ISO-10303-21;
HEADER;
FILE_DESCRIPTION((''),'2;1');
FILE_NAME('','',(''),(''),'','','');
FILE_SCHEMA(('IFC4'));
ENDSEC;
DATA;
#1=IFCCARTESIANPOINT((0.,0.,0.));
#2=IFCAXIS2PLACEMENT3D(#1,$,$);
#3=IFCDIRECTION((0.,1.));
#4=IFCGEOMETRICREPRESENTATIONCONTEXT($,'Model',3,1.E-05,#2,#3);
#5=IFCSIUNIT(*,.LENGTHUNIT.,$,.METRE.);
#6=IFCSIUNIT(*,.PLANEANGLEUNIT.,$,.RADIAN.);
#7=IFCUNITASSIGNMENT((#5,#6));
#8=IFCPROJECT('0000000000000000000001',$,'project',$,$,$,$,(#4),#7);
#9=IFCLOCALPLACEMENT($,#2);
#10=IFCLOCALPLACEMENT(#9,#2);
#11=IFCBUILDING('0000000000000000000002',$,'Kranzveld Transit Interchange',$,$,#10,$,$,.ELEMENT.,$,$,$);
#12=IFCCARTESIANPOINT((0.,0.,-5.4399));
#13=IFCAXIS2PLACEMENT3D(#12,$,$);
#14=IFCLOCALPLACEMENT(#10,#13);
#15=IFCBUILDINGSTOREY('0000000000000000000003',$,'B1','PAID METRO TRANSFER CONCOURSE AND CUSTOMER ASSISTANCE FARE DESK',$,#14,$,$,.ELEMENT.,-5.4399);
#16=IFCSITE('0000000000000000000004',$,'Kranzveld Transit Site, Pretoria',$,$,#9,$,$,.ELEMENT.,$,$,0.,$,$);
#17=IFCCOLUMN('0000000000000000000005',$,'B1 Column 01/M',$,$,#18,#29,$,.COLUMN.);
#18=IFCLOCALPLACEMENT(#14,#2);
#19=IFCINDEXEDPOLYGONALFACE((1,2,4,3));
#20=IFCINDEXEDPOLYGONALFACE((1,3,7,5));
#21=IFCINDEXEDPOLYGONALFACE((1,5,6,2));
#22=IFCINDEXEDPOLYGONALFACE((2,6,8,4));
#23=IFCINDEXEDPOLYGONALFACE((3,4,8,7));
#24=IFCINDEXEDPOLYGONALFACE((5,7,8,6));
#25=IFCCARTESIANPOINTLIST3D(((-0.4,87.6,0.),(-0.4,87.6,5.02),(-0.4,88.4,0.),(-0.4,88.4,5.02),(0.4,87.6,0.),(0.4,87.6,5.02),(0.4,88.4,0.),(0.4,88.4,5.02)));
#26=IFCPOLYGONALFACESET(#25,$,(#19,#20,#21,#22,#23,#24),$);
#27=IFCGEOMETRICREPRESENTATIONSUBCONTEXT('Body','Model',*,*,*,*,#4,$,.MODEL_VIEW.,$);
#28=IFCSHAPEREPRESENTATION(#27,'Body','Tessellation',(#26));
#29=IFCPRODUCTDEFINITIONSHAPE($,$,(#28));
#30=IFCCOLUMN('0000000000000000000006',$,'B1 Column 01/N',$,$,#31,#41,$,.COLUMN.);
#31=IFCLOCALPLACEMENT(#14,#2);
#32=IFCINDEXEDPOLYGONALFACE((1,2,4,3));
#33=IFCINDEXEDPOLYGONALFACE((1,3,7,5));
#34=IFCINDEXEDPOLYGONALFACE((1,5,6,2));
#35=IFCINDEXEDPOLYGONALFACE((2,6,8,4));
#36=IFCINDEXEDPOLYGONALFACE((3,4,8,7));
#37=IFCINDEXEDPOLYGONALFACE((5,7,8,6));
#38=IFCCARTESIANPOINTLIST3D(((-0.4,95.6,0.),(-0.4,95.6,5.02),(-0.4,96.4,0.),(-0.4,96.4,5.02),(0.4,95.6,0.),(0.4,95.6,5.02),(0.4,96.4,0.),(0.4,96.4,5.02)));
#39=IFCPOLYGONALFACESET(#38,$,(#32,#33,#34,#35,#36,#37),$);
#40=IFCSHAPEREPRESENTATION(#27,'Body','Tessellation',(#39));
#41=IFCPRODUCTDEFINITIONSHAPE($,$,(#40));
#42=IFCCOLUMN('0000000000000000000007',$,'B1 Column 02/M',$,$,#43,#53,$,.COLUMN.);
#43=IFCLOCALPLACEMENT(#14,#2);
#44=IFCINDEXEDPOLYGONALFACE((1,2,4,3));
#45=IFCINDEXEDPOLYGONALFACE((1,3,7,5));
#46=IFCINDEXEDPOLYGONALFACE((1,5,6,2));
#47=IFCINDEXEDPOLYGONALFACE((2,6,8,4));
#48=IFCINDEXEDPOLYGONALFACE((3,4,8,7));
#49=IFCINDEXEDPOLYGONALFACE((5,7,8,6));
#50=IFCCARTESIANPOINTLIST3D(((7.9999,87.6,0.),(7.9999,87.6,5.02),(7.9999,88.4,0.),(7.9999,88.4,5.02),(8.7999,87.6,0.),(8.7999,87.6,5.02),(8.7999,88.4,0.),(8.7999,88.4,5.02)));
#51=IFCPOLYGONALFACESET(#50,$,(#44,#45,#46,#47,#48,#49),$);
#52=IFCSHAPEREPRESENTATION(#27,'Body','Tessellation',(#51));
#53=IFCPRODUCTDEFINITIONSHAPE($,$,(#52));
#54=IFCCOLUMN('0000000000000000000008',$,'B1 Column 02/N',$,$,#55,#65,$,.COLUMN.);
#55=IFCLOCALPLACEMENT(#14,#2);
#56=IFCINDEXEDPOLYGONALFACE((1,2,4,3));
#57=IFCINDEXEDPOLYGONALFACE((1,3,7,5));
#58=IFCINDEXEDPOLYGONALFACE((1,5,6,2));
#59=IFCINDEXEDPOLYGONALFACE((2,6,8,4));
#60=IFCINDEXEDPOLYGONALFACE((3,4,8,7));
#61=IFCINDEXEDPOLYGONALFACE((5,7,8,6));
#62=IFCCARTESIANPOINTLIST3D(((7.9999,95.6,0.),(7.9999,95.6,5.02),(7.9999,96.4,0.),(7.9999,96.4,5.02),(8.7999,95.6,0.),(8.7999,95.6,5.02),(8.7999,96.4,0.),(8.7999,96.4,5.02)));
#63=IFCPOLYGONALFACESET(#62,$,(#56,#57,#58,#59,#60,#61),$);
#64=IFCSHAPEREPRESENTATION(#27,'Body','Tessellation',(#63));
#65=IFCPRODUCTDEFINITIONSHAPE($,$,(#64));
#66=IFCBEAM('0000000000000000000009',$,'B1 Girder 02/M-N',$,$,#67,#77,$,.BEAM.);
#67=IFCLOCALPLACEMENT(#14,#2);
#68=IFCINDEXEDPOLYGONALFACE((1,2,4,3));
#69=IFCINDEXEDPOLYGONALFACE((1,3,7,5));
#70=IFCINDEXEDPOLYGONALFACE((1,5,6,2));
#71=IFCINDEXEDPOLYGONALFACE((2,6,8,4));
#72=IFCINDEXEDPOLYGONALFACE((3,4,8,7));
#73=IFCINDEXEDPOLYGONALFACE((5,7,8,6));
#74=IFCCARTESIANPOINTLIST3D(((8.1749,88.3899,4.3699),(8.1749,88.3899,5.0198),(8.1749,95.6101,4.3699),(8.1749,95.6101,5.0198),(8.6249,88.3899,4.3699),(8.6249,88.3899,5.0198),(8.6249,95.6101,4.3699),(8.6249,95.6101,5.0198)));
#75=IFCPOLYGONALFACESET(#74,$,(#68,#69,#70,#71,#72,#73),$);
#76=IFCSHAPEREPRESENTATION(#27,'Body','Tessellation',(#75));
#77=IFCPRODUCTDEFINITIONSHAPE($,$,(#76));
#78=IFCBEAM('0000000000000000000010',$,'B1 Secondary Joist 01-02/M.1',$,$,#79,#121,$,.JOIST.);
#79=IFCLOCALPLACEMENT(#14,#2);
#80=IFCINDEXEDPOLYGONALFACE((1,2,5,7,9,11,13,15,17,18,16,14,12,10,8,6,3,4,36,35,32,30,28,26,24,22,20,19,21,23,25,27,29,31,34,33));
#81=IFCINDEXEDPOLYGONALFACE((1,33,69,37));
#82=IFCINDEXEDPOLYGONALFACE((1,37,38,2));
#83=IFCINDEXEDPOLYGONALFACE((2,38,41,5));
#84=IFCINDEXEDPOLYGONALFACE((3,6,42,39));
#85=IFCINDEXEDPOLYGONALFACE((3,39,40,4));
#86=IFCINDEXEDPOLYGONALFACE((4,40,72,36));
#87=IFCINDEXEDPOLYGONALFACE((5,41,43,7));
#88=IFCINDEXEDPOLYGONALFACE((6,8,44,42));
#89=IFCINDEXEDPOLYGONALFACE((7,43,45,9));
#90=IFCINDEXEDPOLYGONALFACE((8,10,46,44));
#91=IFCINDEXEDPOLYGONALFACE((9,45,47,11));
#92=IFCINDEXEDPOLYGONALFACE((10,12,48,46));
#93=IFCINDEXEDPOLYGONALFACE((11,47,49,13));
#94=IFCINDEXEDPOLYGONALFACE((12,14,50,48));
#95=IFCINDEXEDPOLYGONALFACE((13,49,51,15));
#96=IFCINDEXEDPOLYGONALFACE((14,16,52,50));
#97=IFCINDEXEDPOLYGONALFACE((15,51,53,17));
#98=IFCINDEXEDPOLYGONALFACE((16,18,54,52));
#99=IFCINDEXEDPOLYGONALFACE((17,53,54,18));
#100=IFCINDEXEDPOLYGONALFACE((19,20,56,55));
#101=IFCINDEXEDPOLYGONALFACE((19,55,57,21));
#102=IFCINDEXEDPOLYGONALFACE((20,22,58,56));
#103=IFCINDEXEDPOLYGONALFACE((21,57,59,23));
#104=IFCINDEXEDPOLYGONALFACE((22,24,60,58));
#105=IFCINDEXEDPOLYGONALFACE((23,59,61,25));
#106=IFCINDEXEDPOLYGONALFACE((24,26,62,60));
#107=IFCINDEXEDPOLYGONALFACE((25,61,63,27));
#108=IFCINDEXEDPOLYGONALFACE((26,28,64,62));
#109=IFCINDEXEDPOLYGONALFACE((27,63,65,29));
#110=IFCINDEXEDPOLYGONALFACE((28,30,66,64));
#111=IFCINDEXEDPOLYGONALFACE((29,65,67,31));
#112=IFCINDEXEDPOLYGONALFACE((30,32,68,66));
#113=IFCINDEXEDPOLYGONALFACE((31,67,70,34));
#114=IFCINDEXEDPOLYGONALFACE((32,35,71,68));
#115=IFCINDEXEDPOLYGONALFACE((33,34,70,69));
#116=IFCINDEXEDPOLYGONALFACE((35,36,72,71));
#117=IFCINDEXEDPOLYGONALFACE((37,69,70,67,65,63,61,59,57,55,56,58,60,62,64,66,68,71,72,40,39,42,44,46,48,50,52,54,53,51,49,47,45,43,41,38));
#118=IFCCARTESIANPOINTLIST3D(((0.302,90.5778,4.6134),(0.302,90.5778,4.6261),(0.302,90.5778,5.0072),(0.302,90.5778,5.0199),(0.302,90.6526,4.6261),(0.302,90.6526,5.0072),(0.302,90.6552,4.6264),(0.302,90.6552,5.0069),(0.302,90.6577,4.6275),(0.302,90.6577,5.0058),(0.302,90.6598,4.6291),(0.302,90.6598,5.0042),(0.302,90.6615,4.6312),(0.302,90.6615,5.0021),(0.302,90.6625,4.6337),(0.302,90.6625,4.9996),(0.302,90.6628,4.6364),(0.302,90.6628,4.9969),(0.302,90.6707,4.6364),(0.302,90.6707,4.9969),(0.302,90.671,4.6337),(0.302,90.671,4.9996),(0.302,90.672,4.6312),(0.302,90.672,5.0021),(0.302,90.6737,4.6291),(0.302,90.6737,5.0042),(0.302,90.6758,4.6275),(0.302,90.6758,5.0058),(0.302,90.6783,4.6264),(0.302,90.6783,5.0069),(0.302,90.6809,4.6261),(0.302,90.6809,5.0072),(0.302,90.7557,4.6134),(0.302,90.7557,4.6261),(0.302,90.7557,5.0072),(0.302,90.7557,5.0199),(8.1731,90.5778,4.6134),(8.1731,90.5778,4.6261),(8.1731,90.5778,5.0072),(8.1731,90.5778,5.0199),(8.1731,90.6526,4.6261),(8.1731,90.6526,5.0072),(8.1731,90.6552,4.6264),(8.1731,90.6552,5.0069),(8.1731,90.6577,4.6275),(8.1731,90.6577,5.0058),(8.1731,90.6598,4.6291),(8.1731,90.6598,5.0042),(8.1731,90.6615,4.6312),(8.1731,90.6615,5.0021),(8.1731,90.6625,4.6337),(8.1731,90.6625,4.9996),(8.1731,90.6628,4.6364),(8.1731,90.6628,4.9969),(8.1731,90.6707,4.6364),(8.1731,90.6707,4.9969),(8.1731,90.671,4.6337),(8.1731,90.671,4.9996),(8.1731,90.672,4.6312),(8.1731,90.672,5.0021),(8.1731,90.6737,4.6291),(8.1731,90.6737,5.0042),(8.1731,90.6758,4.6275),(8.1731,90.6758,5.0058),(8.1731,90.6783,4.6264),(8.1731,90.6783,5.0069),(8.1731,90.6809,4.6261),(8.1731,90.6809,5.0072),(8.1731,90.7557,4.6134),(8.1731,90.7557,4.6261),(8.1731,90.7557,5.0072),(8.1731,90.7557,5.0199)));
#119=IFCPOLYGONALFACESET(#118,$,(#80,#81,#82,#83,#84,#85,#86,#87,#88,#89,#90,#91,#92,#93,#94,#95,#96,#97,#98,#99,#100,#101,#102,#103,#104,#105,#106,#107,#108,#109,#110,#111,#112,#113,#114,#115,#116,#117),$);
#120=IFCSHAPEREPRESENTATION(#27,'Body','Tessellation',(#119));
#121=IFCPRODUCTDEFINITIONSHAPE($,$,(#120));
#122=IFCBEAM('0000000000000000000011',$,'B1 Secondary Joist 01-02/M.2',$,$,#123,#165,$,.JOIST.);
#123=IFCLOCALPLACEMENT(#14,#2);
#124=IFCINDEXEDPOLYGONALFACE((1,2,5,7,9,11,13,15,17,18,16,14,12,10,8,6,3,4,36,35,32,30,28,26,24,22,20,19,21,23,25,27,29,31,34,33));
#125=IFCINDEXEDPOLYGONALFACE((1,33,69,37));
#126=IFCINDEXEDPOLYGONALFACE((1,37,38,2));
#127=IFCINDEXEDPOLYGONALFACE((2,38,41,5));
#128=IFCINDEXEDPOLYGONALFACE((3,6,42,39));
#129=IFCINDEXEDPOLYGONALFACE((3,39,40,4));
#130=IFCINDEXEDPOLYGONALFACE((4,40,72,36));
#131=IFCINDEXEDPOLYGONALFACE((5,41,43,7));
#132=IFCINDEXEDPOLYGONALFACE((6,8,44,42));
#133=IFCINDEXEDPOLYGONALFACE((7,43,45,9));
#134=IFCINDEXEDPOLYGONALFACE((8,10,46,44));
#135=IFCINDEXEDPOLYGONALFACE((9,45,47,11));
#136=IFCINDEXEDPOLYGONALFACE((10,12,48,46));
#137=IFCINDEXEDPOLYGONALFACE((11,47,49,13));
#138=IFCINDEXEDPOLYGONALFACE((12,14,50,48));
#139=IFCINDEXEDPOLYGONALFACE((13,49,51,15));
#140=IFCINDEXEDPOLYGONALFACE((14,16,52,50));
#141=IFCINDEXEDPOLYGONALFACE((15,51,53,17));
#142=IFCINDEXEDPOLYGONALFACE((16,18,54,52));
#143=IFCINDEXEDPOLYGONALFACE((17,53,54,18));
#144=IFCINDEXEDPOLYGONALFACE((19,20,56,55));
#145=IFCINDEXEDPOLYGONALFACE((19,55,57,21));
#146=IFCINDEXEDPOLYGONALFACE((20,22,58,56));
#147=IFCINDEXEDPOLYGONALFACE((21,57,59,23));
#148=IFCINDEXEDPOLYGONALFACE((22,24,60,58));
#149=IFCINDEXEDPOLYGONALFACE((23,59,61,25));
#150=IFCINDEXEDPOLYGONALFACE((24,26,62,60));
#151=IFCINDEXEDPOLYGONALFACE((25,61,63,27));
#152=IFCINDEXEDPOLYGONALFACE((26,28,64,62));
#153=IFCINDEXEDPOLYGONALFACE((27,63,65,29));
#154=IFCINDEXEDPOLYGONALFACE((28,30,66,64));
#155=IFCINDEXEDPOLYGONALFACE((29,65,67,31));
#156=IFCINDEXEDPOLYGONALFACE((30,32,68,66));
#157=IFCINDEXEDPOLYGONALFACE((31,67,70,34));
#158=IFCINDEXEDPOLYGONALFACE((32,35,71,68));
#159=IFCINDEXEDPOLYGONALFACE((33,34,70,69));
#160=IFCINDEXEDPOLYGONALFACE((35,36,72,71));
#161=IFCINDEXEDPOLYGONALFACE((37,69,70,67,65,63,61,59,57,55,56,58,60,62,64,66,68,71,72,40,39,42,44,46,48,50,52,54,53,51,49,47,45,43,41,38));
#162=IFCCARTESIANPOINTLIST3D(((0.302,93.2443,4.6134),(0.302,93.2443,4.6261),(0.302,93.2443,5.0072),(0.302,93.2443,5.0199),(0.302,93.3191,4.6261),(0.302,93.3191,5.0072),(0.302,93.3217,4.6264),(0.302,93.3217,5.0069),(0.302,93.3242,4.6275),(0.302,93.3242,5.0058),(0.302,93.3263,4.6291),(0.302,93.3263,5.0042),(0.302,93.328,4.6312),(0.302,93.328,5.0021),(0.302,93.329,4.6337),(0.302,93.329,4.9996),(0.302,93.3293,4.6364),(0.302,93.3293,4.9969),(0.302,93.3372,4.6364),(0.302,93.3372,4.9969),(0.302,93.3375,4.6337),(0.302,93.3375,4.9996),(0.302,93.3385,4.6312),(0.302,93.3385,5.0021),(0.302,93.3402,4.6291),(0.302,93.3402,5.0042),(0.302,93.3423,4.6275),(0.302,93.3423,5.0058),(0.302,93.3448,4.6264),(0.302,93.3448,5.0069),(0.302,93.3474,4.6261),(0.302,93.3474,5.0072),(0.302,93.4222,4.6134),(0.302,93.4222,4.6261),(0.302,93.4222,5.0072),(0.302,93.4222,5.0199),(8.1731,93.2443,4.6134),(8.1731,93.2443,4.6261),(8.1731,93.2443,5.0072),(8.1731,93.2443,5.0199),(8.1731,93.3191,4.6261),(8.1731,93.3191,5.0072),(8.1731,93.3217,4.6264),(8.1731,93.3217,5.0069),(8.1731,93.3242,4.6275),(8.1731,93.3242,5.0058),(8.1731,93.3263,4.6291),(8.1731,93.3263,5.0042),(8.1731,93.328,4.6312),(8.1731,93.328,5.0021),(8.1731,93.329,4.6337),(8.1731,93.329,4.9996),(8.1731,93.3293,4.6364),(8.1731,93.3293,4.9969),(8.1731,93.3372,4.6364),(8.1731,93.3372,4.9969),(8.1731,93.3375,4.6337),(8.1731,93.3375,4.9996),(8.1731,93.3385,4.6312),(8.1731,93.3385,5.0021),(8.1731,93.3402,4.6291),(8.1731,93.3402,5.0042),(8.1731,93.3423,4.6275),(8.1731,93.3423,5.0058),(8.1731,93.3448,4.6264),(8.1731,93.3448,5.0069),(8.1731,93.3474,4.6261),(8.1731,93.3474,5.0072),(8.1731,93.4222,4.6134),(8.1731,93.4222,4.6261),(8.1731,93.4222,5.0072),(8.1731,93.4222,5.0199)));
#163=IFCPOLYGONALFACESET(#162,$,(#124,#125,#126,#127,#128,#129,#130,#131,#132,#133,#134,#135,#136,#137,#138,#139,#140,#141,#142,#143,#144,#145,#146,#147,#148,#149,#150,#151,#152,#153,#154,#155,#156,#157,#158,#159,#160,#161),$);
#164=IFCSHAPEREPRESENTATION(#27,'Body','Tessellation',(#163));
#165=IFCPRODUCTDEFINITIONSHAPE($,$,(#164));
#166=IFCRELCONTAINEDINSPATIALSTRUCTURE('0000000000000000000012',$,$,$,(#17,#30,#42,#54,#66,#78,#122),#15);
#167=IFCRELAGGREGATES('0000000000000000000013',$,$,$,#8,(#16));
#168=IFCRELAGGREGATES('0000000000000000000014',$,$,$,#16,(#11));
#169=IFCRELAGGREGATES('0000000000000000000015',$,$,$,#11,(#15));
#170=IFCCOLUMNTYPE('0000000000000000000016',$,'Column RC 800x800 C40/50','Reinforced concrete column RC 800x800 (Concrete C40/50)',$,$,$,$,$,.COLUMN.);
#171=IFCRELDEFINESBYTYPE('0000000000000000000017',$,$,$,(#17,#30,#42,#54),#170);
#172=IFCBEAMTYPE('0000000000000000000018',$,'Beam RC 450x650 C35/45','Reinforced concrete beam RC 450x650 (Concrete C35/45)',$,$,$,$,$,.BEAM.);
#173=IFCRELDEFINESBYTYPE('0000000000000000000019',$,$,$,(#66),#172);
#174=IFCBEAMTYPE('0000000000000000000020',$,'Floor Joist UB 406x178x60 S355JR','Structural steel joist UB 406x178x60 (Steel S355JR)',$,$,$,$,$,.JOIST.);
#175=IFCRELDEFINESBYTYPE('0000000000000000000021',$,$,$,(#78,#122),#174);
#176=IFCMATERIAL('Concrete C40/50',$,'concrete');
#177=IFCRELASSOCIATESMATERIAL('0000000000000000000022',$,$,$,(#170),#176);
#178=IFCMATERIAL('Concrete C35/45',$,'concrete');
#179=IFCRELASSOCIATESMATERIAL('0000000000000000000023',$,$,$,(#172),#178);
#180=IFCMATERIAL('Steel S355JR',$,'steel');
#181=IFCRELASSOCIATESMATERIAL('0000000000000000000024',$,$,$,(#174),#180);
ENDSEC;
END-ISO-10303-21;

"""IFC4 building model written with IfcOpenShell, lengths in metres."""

from ifc_helpers import new_model, si_unit, direction, frame, origin, origin_2d, place, context, subcontext, project, spatial, rectangle, i_section, extrude, material, material_profile, profile_set, type_object, element, save


model = new_model("IFC4")

# Units and contexts
model_context = context("Model", 3, precision=1e-05, world=origin(), true_north=direction((0.0, 1.0)))
body_context = subcontext(model_context, "Body", "Model", "MODEL_VIEW")
ifc_project = project(units=[si_unit("LENGTHUNIT", "METRE"), si_unit("PLANEANGLEUNIT", "RADIAN")], contexts=[model_context])

# Site, building, storey
site_placement = place(None, origin())
site = spatial("IfcSite", under=ifc_project, at=site_placement, Name="Kranzveld Transit Site, Pretoria", CompositionType="ELEMENT", RefElevation=0.0)
building_placement = place(site_placement, origin())
building = spatial("IfcBuilding", under=site, at=building_placement, Name="Kranzveld Transit Interchange", CompositionType="ELEMENT")
storey_placement = place(building_placement, frame((0.0, 0.0, -5.4399)))
storey = spatial("IfcBuildingStorey", under=building, at=storey_placement, Name="B1", Description="PAID METRO TRANSFER CONCOURSE AND CUSTOMER ASSISTANCE FARE DESK", CompositionType="ELEMENT", Elevation=-5.4399)

# Columns
ifc_material_1 = material(Name="Concrete C40/50", Category="concrete")
ifc_material_profile_1 = material_profile(ifc_material_1, rectangle(XDim=0.8, YDim=0.8, at=origin_2d()), Name="RC 800x800")
ifc_profile_set_1 = profile_set([ifc_material_profile_1], Name="Concrete C40/50")
column_type = type_object("IfcColumnType", Name="Column RC 800x800 C40/50", Description="Reinforced concrete column RC 800x800 (Concrete C40/50)", PredefinedType="COLUMN", material=ifc_profile_set_1)
for number, where, z_axis, x_axis, name in (
    (1, (0.0, 88.0, 0.0), (0.0, 0.0, 1.0), (1.0, 0.0, 0.0), "B1 Column 01/M"),
    (2, (0.0, 96.0, 0.0), (0.0, 0.0, 1.0), (1.0, 0.0, 0.0), "B1 Column 01/N"),
    (3, (8.3999, 88.0, 0.0), (0.0, 0.0, 1.0), (1.0, 0.0, 0.0), "B1 Column 02/M"),
    (4, (8.3999, 96.0, 0.0), (0.0, 0.0, 1.0), (1.0, 0.0, 0.0), "B1 Column 02/N"),
):
    element("IfcColumn", number, at=place(storey_placement, frame(where, z_axis=z_axis, x_axis=x_axis)), inside=storey, type_object=column_type, Name=name, PredefinedType="COLUMN", context=body_context, shape_type="SweptSolid", body=[
        extrude(rectangle(XDim=0.8, YDim=0.8, at=origin_2d()), origin(), (0.0, 0.0, 1.0), 5.02),
    ])

# Beams
ifc_material_2 = material(Name="Concrete C35/45", Category="concrete")
ifc_material_profile_2 = material_profile(ifc_material_2, rectangle(XDim=0.45, YDim=0.6499, at=origin_2d()), Name="RC 450x650")
ifc_profile_set_2 = profile_set([ifc_material_profile_2], Name="Concrete C35/45")
beam_type_1 = type_object("IfcBeamType", Name="Beam RC 450x650 C35/45", Description="Reinforced concrete beam RC 450x650 (Concrete C35/45)", PredefinedType="BEAM", material=ifc_profile_set_2)
beam_1_placement = place(storey_placement, frame((8.3999, 88.3899, 4.6948), z_axis=(0.0, 1.0, 0.0), x_axis=(-1.0, 0.0, 0.0)))
element("IfcBeam", 5, at=beam_1_placement, inside=storey, type_object=beam_type_1, Name="B1 Girder 02/M-N", PredefinedType="BEAM", context=body_context, shape_type="SweptSolid", body=[
    extrude(rectangle(XDim=0.45, YDim=0.6499, at=origin_2d()), origin(), (0.0, 0.0, 1.0), 7.2202),
])
ifc_material_3 = material(Name="Steel S355JR", Category="steel")
ifc_material_profile_3 = material_profile(ifc_material_3, i_section(OverallWidth=0.178, OverallDepth=0.4065, WebThickness=0.0078, FlangeThickness=0.0127, FilletRadius=0.0103, at=origin_2d()), Name="UB 406x178x60")
ifc_profile_set_3 = profile_set([ifc_material_profile_3], Name="Steel S355JR")
beam_type_2 = type_object("IfcBeamType", Name="Floor Joist UB 406x178x60 S355JR", Description="Structural steel joist UB 406x178x60 (Steel S355JR)", PredefinedType="JOIST", material=ifc_profile_set_3)
for number, where, z_axis, x_axis, name in (
    (6, (0.302, 90.6667, 4.8167), (1.0, 0.0, 0.0), (0.0, 1.0, 0.0), "B1 Secondary Joist 01-02/M.1"),
    (7, (0.302, 93.3333, 4.8167), (1.0, 0.0, 0.0), (0.0, 1.0, 0.0), "B1 Secondary Joist 01-02/M.2"),
):
    element("IfcBeam", number, at=place(storey_placement, frame(where, z_axis=z_axis, x_axis=x_axis)), inside=storey, type_object=beam_type_2, Name=name, PredefinedType="JOIST", context=body_context, shape_type="SweptSolid", body=[
        extrude(i_section(OverallWidth=0.178, OverallDepth=0.4065, WebThickness=0.0078, FlangeThickness=0.0127, FilletRadius=0.0103, at=origin_2d()), origin(), (0.0, 0.0, 1.0), 7.8711),
    ])

save(model, "model.ifc")
